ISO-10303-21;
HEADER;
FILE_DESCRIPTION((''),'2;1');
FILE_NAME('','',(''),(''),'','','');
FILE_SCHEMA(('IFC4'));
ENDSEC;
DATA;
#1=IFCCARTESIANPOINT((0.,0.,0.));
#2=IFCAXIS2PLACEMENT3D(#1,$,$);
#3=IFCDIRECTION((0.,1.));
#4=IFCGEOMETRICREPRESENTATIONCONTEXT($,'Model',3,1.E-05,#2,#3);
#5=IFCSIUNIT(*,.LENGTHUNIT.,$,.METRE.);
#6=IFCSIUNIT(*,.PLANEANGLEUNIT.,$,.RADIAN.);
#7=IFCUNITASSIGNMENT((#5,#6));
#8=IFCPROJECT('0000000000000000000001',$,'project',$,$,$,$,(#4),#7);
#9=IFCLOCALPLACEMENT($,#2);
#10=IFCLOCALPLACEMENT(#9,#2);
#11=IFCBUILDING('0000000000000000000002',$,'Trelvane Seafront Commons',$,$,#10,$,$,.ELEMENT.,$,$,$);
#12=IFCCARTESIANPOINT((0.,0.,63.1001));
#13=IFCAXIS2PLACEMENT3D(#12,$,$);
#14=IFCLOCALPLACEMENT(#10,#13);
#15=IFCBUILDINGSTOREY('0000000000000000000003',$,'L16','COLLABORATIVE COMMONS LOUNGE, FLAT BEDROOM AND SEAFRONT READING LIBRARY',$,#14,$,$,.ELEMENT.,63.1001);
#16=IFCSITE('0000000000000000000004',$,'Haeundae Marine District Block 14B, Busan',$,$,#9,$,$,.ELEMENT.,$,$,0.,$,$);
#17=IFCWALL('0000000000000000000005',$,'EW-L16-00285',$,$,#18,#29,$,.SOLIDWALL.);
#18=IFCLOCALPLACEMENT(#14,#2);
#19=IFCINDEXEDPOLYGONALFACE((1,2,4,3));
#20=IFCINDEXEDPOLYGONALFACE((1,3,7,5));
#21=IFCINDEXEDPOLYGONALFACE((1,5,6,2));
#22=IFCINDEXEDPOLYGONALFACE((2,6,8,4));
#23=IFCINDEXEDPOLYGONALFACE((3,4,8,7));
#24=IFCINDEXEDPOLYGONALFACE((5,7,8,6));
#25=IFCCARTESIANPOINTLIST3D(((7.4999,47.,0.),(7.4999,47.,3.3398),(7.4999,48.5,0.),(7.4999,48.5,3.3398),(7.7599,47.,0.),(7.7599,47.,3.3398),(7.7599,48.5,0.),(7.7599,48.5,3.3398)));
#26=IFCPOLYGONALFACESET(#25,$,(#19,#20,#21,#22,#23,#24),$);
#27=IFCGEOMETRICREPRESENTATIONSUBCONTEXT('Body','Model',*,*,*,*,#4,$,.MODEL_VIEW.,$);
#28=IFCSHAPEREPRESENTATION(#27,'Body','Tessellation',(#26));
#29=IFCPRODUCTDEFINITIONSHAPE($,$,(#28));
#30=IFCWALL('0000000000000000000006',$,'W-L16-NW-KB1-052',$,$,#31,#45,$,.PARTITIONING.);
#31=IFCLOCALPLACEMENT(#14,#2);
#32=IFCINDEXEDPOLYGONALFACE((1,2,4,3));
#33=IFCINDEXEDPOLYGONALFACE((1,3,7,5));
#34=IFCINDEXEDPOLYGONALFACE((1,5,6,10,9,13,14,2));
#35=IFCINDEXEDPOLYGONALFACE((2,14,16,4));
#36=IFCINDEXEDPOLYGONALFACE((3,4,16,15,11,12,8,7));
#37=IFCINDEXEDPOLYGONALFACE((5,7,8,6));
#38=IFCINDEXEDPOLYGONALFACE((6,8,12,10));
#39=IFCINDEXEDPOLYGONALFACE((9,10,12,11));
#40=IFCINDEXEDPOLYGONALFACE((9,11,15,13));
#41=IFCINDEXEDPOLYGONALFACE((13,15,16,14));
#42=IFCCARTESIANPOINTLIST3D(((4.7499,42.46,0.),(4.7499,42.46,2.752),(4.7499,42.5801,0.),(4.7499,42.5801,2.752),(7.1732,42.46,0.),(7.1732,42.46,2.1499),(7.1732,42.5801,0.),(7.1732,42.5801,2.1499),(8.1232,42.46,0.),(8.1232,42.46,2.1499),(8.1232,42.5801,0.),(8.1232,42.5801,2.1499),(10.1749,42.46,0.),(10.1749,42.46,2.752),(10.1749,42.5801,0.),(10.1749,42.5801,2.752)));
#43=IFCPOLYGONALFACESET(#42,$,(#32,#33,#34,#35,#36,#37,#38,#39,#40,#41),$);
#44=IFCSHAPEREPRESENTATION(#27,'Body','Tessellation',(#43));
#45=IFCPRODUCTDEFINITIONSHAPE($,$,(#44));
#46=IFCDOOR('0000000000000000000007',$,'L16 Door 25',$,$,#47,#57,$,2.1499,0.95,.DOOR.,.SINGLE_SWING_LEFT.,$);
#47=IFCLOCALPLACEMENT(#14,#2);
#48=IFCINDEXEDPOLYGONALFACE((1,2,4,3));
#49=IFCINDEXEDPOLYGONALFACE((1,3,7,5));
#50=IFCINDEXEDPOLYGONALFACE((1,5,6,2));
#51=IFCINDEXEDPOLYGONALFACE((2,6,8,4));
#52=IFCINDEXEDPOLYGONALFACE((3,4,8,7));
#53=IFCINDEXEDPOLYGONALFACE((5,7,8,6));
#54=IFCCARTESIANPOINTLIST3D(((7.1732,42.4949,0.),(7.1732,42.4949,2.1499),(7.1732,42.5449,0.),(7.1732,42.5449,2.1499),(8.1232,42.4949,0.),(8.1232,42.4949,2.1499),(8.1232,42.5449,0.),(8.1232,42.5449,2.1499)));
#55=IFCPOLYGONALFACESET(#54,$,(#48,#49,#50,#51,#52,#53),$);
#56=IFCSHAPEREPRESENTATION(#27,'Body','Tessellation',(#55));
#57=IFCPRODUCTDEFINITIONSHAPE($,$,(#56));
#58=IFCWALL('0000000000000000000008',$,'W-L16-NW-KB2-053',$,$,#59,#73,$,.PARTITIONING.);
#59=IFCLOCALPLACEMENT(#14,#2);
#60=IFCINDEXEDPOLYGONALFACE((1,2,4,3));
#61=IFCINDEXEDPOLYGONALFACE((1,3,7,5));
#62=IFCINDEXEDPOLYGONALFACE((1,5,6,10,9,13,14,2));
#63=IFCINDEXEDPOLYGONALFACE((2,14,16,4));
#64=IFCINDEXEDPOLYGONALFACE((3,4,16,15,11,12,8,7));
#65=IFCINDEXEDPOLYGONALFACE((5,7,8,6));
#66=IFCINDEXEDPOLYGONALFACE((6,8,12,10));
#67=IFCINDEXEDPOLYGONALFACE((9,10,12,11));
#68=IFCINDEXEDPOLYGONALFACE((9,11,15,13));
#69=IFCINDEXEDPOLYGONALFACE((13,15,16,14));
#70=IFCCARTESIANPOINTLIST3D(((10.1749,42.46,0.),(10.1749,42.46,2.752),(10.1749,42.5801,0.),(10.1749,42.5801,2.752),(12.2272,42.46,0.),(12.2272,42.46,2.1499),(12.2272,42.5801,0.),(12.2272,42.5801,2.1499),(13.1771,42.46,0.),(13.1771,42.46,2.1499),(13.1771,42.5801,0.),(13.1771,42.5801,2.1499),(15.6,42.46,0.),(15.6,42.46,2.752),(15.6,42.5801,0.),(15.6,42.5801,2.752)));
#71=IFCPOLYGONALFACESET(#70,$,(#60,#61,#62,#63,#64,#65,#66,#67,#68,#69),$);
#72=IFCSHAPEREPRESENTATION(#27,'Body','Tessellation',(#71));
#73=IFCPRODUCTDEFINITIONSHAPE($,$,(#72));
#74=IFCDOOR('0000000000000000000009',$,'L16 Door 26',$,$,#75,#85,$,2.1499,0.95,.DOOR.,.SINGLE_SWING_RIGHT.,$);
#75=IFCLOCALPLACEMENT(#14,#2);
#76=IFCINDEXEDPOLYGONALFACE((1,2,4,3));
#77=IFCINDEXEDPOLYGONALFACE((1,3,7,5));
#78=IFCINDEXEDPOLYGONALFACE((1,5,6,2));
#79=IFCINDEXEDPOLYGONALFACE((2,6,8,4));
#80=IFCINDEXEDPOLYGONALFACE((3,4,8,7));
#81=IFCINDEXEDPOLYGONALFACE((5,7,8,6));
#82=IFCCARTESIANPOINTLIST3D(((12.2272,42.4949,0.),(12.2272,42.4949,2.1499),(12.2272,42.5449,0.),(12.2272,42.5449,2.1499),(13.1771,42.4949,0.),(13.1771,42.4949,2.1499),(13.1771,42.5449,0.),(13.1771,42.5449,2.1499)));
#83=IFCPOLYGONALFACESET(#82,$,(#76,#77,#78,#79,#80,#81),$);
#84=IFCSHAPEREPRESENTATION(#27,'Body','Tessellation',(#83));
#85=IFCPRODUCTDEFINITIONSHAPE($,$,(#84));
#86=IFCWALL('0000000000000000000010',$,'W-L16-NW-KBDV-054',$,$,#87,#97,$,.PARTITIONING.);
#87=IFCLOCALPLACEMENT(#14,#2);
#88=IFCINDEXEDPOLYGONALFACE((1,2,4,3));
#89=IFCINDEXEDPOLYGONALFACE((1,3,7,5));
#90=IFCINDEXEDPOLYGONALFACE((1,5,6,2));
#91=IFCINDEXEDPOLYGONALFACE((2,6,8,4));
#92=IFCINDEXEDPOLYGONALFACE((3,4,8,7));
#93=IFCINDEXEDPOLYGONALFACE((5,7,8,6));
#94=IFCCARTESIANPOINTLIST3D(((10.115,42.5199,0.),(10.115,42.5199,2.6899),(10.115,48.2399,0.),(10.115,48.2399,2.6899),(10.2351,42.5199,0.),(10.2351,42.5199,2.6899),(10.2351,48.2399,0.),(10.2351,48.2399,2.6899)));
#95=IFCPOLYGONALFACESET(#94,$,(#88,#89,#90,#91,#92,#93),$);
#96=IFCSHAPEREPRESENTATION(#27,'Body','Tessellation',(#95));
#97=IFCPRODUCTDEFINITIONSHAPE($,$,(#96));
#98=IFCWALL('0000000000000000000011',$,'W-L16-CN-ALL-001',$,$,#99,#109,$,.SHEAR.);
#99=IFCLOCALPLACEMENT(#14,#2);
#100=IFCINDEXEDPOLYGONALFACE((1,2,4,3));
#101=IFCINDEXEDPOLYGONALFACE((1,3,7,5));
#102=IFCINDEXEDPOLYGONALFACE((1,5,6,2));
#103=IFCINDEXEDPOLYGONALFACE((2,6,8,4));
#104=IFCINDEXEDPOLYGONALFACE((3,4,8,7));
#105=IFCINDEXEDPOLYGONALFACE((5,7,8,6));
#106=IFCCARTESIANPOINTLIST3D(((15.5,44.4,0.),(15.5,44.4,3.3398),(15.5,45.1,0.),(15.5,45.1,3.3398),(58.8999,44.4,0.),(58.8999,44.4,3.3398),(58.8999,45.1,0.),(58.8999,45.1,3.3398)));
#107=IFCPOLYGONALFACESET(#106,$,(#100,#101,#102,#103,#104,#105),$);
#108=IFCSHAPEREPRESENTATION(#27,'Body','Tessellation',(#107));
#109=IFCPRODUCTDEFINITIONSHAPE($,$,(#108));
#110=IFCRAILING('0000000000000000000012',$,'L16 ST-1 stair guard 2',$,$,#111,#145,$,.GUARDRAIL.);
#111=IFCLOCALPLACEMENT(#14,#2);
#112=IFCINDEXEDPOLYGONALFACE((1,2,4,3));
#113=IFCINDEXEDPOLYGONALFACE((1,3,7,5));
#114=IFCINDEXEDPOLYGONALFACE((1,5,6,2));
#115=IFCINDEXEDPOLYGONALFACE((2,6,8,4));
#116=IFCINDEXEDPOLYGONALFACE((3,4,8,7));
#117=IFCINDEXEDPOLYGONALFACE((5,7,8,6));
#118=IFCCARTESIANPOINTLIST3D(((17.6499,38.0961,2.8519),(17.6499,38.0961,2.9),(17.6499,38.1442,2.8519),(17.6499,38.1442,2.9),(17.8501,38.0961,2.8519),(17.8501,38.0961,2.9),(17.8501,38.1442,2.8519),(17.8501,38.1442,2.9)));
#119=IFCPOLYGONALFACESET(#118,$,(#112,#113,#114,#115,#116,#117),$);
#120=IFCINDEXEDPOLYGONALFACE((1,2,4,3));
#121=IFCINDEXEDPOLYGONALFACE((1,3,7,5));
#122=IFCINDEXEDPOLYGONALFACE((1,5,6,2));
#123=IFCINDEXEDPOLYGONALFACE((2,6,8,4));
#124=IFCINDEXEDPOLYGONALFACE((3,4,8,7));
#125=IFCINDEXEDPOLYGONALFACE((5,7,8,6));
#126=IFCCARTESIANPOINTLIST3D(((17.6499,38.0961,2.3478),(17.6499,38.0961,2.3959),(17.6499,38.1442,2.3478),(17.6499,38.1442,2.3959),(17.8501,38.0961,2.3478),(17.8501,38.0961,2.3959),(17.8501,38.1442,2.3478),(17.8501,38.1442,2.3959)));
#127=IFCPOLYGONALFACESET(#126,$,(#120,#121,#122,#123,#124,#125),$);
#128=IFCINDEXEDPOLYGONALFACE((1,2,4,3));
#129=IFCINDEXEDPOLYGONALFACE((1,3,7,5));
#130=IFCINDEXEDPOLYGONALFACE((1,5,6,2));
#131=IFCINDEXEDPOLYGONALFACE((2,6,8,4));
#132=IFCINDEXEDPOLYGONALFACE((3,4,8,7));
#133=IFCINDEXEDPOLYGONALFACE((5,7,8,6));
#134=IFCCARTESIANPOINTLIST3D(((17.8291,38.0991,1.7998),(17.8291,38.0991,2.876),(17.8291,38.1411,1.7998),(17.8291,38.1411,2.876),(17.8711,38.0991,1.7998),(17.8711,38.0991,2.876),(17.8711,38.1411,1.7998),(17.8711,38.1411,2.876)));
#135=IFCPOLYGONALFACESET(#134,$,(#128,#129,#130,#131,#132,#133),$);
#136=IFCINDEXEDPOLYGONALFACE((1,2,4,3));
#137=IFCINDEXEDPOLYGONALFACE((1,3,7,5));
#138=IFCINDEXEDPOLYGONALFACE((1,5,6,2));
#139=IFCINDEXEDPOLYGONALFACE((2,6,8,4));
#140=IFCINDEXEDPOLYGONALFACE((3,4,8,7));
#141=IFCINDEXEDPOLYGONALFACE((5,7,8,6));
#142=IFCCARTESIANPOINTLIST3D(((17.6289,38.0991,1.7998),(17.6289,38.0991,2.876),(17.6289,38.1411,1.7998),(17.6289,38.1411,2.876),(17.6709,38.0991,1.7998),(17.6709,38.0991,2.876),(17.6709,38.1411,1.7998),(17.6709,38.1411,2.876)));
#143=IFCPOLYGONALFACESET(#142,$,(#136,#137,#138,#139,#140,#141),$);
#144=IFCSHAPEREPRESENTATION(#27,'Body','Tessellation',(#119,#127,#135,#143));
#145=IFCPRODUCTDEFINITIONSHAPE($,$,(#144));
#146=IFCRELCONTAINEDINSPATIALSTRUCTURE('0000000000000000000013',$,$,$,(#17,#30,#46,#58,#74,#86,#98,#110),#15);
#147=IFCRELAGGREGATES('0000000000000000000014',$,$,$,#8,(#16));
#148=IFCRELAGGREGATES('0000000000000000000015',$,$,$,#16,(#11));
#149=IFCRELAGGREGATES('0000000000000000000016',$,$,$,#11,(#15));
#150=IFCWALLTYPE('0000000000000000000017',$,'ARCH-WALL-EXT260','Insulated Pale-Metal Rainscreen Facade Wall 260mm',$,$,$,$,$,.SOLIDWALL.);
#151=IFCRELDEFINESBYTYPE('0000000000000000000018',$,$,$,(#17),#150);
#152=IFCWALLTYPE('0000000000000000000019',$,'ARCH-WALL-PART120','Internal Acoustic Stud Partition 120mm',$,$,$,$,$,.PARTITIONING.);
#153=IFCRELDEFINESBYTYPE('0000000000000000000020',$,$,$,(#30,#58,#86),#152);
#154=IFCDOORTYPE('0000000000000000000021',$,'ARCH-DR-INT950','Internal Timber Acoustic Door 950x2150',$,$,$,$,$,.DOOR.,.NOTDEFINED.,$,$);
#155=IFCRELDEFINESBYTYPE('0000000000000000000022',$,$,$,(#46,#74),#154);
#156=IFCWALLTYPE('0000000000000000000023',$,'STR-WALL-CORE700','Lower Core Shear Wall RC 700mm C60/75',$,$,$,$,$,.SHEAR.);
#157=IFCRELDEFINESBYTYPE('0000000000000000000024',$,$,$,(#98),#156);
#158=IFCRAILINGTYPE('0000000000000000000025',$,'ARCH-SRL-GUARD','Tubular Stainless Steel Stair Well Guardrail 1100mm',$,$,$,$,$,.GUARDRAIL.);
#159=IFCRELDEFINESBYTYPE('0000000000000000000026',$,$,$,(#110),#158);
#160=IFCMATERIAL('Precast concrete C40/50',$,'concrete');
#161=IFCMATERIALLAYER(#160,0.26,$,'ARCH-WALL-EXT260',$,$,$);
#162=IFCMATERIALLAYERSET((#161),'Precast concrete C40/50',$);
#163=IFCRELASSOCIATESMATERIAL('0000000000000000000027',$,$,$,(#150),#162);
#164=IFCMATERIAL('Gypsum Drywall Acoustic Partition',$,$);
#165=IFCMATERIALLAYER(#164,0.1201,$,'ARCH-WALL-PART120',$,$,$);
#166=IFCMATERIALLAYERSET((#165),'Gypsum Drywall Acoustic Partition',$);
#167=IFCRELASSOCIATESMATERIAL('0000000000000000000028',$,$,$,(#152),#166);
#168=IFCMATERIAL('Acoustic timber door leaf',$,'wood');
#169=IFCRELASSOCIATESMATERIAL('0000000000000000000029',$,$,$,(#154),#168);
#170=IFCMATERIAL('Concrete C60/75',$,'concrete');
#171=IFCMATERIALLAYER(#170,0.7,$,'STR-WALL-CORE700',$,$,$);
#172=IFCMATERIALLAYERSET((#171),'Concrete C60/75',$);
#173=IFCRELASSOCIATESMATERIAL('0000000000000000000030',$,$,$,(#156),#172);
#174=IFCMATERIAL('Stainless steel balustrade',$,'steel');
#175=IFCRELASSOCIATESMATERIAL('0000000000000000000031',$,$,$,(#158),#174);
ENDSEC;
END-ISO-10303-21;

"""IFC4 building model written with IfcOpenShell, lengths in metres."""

from ifc_helpers import new_model, si_unit, direction, frame, frame_2d, origin, origin_2d, place, context, subcontext, project, spatial, rectangle, extrude, source, transform, mapped, material, layer, layer_set, type_object, element, fill, save


model = new_model("IFC4")

# Units and contexts
model_context = context("Model", 3, precision=1e-05, world=origin(), true_north=direction((0.0, 1.0)))
body_context = subcontext(model_context, "Body", "Model", "MODEL_VIEW")
ifc_project = project(units=[si_unit("LENGTHUNIT", "METRE"), si_unit("PLANEANGLEUNIT", "RADIAN")], contexts=[model_context])

# Site, building, storey
site_placement = place(None, origin())
site = spatial("IfcSite", under=ifc_project, at=site_placement, Name="Haeundae Marine District Block 14B, Busan", CompositionType="ELEMENT", RefElevation=0.0)
building_placement = place(site_placement, origin())
building = spatial("IfcBuilding", under=site, at=building_placement, Name="Trelvane Seafront Commons", CompositionType="ELEMENT")
storey_placement = place(building_placement, frame((0.0, 0.0, 63.1001)))
storey = spatial("IfcBuildingStorey", under=building, at=storey_placement, Name="L16", Description="COLLABORATIVE COMMONS LOUNGE, FLAT BEDROOM AND SEAFRONT READING LIBRARY", CompositionType="ELEMENT", Elevation=63.1001)

# Shared definitions
ifc_material_1 = material(Name="Concrete C60/75", Category="concrete")

# Shared definitions
ifc_material_2 = material(Name="Precast concrete C40/50", Category="concrete")
ifc_layer_1 = layer(ifc_material_2, 0.26, Name="ARCH-WALL-EXT260")
ifc_layer_set_1 = layer_set([ifc_layer_1], Name="Precast concrete C40/50")
wall_type_1 = type_object("IfcWallType", Name="ARCH-WALL-EXT260", Description="Insulated Pale-Metal Rainscreen Facade Wall 260mm", PredefinedType="SOLIDWALL", material=ifc_layer_set_1)

# Wall
for number, where, z_axis, x_axis, name in (
    (1, (7.6299, 47.0, 0.0), (0.0, 0.0, 1.0), (0.0, 1.0, 0.0), "EW-L16-00285"),
):
    element("IfcWall", number, at=place(storey_placement, frame(where, z_axis=z_axis, x_axis=x_axis)), inside=storey, type_object=wall_type_1, Name=name, PredefinedType="SOLIDWALL", context=body_context, shape_type="SweptSolid", body=[
        extrude(rectangle(XDim=1.5, YDim=0.26, at=frame_2d((0.75, 0.0))), origin(), (0.0, 0.0, 1.0), 3.3398),
    ])

# Walls, openings, doors
ifc_material_3 = material(Name="Gypsum Drywall Acoustic Partition")
ifc_layer_2 = layer(ifc_material_3, 0.1201, Name="ARCH-WALL-PART120")
ifc_layer_set_2 = layer_set([ifc_layer_2], Name="Gypsum Drywall Acoustic Partition")
wall_type_2 = type_object("IfcWallType", Name="ARCH-WALL-PART120", Description="Internal Acoustic Stud Partition 120mm", PredefinedType="PARTITIONING", material=ifc_layer_set_2)
wall_1_placement = place(storey_placement, frame((4.75, 42.52, 0.0), z_axis=(0.0, 0.0, 1.0), x_axis=(1.0, 0.0, 0.0)))
wall_1 = element("IfcWall", 2, at=wall_1_placement, inside=storey, type_object=wall_type_2, Name="W-L16-NW-KB1-052", PredefinedType="PARTITIONING", context=body_context, shape_type="SweptSolid", body=[
    extrude(rectangle(XDim=5.425, YDim=0.1201, at=frame_2d((2.7124, 0.0))), origin(), (0.0, 0.0, 1.0), 2.752),
])
opening_1_placement = place(wall_1_placement, frame((2.4231, 0.0, 0.0)))
opening_1 = element("IfcOpeningElement", 3, at=opening_1_placement, cuts=wall_1, PredefinedType="OPENING", context=body_context, shape_type="SweptSolid", body=[
    extrude(rectangle(XDim=0.95, YDim=2.1499, at=frame_2d((0.4751, 1.075))), frame((0.0, 0.0701, 0.0), z_axis=(0.0, -1.0, 0.0), x_axis=(1.0, 0.0, 0.0)), (0.0, 0.0, 1.0), 0.1401),
])
ifc_material_4 = material(Name="Acoustic timber door leaf", Category="wood")
door_type_1 = type_object("IfcDoorType", Name="ARCH-DR-INT950", Description="Internal Timber Acoustic Door 950x2150", OperationType="NOTDEFINED", PredefinedType="DOOR", material=ifc_material_4)
shared_shape_1 = source(origin(), body_context, "Body", "SweptSolid", [
    extrude(rectangle(XDim=0.95, YDim=2.1499, at=frame_2d((0.4751, 1.075))), frame((0.0, 0.0249, 0.0), z_axis=(0.0, -1.0, 0.0), x_axis=(1.0, 0.0, 0.0)), (0.0, 0.0, 1.0), 0.05),
])
door_1_placement = place(opening_1_placement, origin())
door_1 = element("IfcDoor", 4, at=door_1_placement, inside=storey, type_object=door_type_1, Name="L16 Door 25", OperationType="SINGLE_SWING_LEFT", OverallHeight=2.1499, OverallWidth=0.95, PredefinedType="DOOR", context=body_context, shape_type="MappedRepresentation", body=[
    mapped(shared_shape_1, transform((0.0, 0.0, 0.0), x_axis=(1.0, 0.0, 0.0), y_axis=(0.0, 1.0, 0.0), z_axis=(0.0, 0.0, 1.0), scale=1.0)),
])
fill(opening_1, door_1)
wall_2_placement = place(storey_placement, frame((10.175, 42.52, 0.0), z_axis=(0.0, 0.0, 1.0), x_axis=(1.0, 0.0, 0.0)))
wall_2 = element("IfcWall", 5, at=wall_2_placement, inside=storey, type_object=wall_type_2, Name="W-L16-NW-KB2-053", PredefinedType="PARTITIONING", context=body_context, shape_type="SweptSolid", body=[
    extrude(rectangle(XDim=5.425, YDim=0.1201, at=frame_2d((2.7124, 0.0))), origin(), (0.0, 0.0, 1.0), 2.752),
])
opening_2_placement = place(wall_2_placement, frame((2.052, 0.0, 0.0)))
opening_2 = element("IfcOpeningElement", 6, at=opening_2_placement, cuts=wall_2, PredefinedType="OPENING", context=body_context, shape_type="SweptSolid", body=[
    extrude(rectangle(XDim=0.95, YDim=2.1499, at=frame_2d((0.4751, 1.075))), frame((0.0, 0.0701, 0.0), z_axis=(0.0, -1.0, 0.0), x_axis=(1.0, 0.0, 0.0)), (0.0, 0.0, 1.0), 0.1401),
])
door_2_placement = place(opening_2_placement, origin())
door_2 = element("IfcDoor", 7, at=door_2_placement, inside=storey, type_object=door_type_1, Name="L16 Door 26", OperationType="SINGLE_SWING_RIGHT", OverallHeight=2.1499, OverallWidth=0.95, PredefinedType="DOOR", context=body_context, shape_type="MappedRepresentation", body=[
    mapped(shared_shape_1, transform((0.0, 0.0, 0.0), x_axis=(1.0, 0.0, 0.0), y_axis=(0.0, 1.0, 0.0), z_axis=(0.0, 0.0, 1.0), scale=1.0)),
])
fill(opening_2, door_2)

# Wall
wall_3_placement = place(storey_placement, frame((10.175, 42.52, 0.0), z_axis=(0.0, 0.0, 1.0), x_axis=(0.0, 1.0, 0.0)))
element("IfcWall", 8, at=wall_3_placement, inside=storey, type_object=wall_type_2, Name="W-L16-NW-KBDV-054", PredefinedType="PARTITIONING", context=body_context, shape_type="SweptSolid", body=[
    extrude(rectangle(XDim=5.72, YDim=0.1201, at=frame_2d((2.8599, 0.0))), origin(), (0.0, 0.0, 1.0), 2.6899),
])

# Wall
ifc_layer_3 = layer(ifc_material_1, 0.7, Name="STR-WALL-CORE700")
ifc_layer_set_3 = layer_set([ifc_layer_3], Name="Concrete C60/75")
wall_type_3 = type_object("IfcWallType", Name="STR-WALL-CORE700", Description="Lower Core Shear Wall RC 700mm C60/75", PredefinedType="SHEAR", material=ifc_layer_set_3)
wall_4_placement = place(storey_placement, frame((15.5, 44.75, 0.0), z_axis=(0.0, 0.0, 1.0), x_axis=(1.0, 0.0, 0.0)))
element("IfcWall", 9, at=wall_4_placement, inside=storey, type_object=wall_type_3, Name="W-L16-CN-ALL-001", PredefinedType="SHEAR", context=body_context, shape_type="SweptSolid", body=[
    extrude(rectangle(XDim=43.3999, YDim=0.7, at=frame_2d((21.7, 0.0))), origin(), (0.0, 0.0, 1.0), 3.3398),
])

# Railing
ifc_material_5 = material(Name="Stainless steel balustrade", Category="steel")
railing_type = type_object("IfcRailingType", Name="ARCH-SRL-GUARD", Description="Tubular Stainless Steel Stair Well Guardrail 1100mm", PredefinedType="GUARDRAIL", material=ifc_material_5)
railing_placement = place(storey_placement, frame((17.8501, 38.1201, 1.7998)))
element("IfcRailing", 10, at=railing_placement, inside=storey, type_object=railing_type, Name="L16 ST-1 stair guard 2", PredefinedType="GUARDRAIL", context=body_context, shape_type="SweptSolid", body=[
    extrude(rectangle(XDim=0.0481, YDim=0.0481, at=origin_2d()), frame((0.0, 0.0, 1.0762), z_axis=(-1.0, 0.0, 0.0), x_axis=(0.0, -1.0, 0.0)), (0.0, 0.0, 1.0), 0.2002),
    extrude(rectangle(XDim=0.0481, YDim=0.0481, at=origin_2d()), frame((0.0, 0.0, 0.572), z_axis=(-1.0, 0.0, 0.0), x_axis=(0.0, -1.0, 0.0)), (0.0, 0.0, 1.0), 0.2002),
    extrude(rectangle(XDim=0.042, YDim=0.042, at=origin_2d()), origin(), (0.0, 0.0, 1.0), 1.0762),
    extrude(rectangle(XDim=0.042, YDim=0.042, at=origin_2d()), frame((-0.2002, 0.0, 0.0)), (0.0, 0.0, 1.0), 1.0762),
])

save(model, "model.ifc")
